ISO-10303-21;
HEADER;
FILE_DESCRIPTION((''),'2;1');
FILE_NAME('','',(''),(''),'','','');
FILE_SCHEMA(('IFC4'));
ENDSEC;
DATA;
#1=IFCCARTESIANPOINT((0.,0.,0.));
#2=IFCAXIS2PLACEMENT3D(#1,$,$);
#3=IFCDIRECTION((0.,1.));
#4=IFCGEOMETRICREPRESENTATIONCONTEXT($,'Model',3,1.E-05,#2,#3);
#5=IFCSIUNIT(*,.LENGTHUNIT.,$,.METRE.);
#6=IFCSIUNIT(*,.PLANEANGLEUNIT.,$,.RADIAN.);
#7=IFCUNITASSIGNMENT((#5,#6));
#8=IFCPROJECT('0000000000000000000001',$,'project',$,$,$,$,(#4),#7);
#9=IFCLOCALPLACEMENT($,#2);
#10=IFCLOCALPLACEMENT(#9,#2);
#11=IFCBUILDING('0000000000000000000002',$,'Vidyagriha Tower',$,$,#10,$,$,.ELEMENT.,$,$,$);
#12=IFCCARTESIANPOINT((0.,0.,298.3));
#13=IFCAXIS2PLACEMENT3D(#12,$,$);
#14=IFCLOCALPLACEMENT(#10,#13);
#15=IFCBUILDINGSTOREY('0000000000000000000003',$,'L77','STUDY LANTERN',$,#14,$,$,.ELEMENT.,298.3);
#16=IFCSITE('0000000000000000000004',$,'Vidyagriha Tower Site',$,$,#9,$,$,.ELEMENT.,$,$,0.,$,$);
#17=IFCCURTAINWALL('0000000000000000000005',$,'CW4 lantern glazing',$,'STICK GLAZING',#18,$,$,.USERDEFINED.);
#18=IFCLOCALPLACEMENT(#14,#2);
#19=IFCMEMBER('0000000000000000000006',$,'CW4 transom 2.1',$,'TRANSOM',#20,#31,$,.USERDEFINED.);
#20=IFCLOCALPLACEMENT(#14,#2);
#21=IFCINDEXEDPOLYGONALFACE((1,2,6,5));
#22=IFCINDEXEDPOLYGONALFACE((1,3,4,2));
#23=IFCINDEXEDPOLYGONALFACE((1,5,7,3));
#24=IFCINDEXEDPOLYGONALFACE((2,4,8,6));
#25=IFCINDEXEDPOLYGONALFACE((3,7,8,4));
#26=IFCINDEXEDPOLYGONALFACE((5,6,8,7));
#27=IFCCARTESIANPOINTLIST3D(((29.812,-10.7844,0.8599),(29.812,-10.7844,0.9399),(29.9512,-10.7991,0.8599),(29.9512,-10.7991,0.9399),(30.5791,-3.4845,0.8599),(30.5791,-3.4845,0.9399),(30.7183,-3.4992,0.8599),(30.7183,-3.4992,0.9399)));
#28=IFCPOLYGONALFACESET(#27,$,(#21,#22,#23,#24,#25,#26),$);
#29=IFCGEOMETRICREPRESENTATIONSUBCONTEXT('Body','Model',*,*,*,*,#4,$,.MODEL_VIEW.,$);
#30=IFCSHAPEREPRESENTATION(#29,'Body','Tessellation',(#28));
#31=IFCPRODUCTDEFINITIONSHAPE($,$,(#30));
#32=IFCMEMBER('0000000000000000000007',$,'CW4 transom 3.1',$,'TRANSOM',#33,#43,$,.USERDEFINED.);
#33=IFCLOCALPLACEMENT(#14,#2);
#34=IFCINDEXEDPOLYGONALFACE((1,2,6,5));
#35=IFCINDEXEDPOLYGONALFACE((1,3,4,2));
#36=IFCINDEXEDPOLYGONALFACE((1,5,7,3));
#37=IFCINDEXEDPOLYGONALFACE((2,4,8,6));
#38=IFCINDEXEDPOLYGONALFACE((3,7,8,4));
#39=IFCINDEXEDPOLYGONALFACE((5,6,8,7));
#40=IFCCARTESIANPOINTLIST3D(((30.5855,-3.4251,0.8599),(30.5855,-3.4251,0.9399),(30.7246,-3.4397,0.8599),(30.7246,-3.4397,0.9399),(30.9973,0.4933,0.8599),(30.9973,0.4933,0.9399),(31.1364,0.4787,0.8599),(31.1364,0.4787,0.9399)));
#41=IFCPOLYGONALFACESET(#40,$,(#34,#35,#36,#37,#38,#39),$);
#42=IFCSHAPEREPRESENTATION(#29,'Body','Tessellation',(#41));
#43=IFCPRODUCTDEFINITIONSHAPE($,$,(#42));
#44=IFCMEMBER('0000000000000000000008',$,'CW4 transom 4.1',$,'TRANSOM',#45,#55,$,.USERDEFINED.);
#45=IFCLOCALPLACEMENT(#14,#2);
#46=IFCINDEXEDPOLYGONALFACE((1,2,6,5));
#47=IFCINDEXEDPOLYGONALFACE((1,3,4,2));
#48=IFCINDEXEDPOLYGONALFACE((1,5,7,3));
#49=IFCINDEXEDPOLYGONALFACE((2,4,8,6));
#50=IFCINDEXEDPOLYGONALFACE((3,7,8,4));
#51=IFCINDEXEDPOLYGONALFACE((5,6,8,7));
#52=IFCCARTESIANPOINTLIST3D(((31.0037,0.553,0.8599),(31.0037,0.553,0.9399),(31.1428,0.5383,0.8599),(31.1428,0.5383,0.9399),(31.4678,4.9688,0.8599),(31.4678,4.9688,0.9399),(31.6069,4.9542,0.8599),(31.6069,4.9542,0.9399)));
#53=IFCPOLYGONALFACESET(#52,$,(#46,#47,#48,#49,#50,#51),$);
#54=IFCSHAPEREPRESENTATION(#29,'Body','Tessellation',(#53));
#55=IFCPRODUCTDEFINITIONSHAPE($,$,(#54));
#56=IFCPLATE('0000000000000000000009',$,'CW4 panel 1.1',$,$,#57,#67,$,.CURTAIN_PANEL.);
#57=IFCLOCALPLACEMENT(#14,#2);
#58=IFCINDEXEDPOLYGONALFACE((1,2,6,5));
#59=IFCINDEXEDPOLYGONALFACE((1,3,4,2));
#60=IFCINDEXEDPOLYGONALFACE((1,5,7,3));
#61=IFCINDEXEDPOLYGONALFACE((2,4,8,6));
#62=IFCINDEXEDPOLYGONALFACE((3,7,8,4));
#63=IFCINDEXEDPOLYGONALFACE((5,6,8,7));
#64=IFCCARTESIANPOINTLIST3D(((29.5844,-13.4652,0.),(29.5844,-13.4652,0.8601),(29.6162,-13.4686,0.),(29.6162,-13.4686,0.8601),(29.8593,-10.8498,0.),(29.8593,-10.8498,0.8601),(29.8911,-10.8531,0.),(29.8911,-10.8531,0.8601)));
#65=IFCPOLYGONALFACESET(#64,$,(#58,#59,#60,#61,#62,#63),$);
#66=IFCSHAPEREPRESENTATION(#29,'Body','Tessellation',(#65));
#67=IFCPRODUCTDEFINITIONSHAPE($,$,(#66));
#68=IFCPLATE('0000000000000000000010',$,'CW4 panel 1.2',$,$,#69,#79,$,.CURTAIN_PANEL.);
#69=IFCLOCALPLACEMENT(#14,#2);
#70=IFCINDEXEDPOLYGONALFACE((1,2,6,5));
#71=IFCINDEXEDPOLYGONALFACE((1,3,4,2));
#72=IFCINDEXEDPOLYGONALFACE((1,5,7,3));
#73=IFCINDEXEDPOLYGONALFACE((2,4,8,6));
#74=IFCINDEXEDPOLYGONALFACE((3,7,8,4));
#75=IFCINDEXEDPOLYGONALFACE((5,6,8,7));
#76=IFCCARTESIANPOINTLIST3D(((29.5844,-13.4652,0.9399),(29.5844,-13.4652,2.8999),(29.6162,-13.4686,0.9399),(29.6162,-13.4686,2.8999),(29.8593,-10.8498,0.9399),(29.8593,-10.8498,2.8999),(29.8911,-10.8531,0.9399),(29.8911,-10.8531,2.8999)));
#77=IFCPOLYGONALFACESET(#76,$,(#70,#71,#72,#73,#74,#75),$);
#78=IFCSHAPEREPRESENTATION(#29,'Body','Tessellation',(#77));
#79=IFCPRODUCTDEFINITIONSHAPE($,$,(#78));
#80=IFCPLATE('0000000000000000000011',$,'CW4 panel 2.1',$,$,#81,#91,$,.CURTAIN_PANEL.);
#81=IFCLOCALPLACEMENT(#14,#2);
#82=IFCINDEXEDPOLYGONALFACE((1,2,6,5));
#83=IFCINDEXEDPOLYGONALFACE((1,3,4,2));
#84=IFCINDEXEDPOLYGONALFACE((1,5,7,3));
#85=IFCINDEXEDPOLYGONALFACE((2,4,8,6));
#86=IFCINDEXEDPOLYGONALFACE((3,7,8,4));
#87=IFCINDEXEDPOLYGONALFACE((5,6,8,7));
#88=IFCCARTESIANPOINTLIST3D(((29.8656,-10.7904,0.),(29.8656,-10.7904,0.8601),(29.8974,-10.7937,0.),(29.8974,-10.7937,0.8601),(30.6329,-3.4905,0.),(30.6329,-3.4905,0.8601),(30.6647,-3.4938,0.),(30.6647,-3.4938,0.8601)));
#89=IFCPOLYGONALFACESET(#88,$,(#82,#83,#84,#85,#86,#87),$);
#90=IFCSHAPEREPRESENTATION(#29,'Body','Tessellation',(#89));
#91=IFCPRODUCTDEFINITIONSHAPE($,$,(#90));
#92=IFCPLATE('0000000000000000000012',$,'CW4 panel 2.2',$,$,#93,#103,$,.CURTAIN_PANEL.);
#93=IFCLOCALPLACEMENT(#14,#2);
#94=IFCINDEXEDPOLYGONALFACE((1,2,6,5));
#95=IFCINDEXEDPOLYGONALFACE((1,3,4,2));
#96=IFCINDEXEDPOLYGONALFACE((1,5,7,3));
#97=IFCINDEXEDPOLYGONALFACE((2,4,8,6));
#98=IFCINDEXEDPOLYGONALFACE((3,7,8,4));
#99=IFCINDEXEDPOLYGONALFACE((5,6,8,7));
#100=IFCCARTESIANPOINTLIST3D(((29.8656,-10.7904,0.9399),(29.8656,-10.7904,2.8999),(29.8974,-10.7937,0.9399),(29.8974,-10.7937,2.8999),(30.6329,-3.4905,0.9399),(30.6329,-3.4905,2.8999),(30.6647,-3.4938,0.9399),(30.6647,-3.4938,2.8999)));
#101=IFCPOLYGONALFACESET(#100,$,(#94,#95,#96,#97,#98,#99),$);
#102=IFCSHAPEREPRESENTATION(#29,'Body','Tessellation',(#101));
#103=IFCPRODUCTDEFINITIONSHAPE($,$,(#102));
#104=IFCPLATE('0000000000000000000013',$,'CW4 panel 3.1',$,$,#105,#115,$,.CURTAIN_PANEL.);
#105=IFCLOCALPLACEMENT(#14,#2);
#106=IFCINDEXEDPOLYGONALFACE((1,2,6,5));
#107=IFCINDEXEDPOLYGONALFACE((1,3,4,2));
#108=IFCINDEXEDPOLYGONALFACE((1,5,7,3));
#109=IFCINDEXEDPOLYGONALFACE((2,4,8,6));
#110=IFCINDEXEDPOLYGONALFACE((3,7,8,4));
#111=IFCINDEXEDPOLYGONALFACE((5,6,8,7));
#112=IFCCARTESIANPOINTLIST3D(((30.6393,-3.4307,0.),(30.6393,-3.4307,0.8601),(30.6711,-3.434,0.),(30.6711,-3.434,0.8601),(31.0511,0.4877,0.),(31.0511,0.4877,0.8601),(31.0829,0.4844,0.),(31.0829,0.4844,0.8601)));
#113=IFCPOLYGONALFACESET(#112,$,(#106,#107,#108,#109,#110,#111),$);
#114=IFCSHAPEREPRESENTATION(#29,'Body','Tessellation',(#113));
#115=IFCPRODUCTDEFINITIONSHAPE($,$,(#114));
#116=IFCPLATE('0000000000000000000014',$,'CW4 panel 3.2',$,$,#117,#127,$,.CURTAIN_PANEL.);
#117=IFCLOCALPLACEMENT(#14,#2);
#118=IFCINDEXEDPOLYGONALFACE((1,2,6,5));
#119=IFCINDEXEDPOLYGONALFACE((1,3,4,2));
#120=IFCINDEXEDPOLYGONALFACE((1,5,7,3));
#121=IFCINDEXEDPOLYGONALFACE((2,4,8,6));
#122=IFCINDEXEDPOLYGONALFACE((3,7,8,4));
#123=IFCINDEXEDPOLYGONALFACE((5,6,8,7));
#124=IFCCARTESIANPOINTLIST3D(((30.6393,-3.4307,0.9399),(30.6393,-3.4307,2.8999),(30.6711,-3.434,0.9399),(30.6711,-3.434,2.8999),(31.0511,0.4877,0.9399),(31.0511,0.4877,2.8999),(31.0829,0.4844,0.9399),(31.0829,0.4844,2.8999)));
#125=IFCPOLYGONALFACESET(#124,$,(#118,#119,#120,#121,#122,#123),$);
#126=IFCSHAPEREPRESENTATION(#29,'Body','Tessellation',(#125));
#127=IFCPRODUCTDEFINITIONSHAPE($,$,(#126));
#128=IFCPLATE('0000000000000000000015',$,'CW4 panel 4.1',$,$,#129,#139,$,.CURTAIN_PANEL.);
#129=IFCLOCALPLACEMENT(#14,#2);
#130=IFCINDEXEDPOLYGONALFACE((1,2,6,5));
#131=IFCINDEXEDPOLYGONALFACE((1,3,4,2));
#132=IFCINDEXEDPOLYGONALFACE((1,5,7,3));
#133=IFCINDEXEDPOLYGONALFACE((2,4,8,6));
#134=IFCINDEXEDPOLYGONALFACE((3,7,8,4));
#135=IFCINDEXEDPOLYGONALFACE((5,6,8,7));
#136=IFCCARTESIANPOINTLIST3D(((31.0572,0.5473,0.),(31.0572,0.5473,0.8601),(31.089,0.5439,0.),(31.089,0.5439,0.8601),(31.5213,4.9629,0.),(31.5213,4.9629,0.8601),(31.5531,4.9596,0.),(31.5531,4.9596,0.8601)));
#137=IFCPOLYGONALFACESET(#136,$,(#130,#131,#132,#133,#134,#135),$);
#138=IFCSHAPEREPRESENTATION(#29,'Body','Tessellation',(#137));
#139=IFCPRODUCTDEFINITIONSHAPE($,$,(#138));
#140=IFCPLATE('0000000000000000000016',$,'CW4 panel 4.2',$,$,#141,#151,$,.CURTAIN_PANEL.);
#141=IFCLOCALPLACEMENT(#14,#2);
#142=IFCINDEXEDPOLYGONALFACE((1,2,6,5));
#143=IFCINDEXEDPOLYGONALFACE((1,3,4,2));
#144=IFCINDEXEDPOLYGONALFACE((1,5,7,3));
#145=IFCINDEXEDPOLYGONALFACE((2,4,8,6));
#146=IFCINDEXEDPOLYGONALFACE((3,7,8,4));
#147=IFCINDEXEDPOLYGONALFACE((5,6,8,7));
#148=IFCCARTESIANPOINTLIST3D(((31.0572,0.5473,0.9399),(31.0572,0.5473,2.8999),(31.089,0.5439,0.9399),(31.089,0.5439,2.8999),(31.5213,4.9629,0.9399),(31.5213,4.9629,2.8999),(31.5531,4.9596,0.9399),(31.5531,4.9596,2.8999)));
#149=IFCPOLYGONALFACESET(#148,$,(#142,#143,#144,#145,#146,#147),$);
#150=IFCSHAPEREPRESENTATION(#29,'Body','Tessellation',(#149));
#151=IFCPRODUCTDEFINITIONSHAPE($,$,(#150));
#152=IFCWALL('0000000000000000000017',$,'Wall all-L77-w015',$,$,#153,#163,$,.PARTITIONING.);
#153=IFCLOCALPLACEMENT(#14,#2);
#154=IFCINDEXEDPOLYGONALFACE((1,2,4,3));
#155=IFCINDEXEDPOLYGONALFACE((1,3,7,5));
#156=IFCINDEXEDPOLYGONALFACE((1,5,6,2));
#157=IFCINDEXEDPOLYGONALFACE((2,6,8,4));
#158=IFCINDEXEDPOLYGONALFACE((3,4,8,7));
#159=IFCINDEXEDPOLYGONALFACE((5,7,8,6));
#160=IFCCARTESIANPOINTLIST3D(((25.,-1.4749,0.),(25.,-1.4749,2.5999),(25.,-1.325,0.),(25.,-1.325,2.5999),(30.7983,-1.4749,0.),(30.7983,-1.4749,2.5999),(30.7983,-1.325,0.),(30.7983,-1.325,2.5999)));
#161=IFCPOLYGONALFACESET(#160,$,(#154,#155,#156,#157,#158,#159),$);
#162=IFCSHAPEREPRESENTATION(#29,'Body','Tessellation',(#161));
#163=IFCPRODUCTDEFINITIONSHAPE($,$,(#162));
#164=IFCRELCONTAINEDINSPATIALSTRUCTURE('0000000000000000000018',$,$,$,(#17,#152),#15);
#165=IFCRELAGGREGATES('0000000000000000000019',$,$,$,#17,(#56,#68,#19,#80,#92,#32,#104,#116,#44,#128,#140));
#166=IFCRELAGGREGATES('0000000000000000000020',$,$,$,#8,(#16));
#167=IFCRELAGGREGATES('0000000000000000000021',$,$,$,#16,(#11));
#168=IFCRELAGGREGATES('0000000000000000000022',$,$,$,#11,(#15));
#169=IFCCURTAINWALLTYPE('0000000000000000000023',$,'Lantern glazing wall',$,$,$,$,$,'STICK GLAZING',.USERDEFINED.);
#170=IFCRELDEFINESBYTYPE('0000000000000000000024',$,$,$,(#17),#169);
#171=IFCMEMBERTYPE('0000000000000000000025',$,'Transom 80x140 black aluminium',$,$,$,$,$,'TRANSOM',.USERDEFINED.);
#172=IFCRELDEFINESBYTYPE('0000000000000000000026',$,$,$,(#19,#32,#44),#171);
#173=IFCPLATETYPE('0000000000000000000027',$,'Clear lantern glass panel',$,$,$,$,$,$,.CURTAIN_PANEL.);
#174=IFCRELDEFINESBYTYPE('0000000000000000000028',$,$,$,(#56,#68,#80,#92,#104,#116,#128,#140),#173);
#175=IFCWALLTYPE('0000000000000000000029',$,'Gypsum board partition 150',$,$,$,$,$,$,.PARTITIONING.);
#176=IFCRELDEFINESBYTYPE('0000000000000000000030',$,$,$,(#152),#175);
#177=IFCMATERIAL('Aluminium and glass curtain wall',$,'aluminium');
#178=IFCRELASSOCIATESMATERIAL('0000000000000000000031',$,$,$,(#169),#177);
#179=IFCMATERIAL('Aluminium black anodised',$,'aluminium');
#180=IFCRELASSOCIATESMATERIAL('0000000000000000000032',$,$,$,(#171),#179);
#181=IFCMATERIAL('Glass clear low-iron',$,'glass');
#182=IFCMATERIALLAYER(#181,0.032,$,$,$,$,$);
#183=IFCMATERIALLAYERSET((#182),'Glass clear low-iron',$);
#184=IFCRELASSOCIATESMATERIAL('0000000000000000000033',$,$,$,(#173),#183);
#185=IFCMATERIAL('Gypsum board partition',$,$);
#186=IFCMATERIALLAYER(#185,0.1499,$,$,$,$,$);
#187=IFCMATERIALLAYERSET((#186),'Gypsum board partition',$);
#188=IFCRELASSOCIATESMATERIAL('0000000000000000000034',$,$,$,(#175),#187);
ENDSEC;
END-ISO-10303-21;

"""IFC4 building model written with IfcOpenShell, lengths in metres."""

from ifc_helpers import new_model, si_unit, direction, frame, frame_2d, origin, origin_2d, place, context, subcontext, project, spatial, rectangle, extrude, material, layer, layer_set, material_profile, profile_set, type_object, element, aggregate, save


model = new_model("IFC4")

# Units and contexts
model_context = context("Model", 3, precision=1e-05, world=origin(), true_north=direction((0.0, 1.0)))
body_context = subcontext(model_context, "Body", "Model", "MODEL_VIEW")
ifc_project = project(units=[si_unit("LENGTHUNIT", "METRE"), si_unit("PLANEANGLEUNIT", "RADIAN")], contexts=[model_context])

# Site, building, storey
site_placement = place(None, origin())
site = spatial("IfcSite", under=ifc_project, at=site_placement, Name="Vidyagriha Tower Site", CompositionType="ELEMENT", RefElevation=0.0)
building_placement = place(site_placement, origin())
building = spatial("IfcBuilding", under=site, at=building_placement, Name="Vidyagriha Tower", CompositionType="ELEMENT")
storey_placement = place(building_placement, frame((0.0, 0.0, 298.3)))
storey = spatial("IfcBuildingStorey", under=building, at=storey_placement, Name="L77", Description="STUDY LANTERN", CompositionType="ELEMENT", Elevation=298.3)

# Shared definitions
ifc_material_1 = material(Name="Aluminium and glass curtain wall", Category="aluminium")
curtain_wall_type = type_object("IfcCurtainWallType", Name="Lantern glazing wall", ElementType="STICK GLAZING", PredefinedType="USERDEFINED", material=ifc_material_1)

# Curtain wall
curtain_wall_1_placement = place(storey_placement, origin())
curtain_wall_1 = element("IfcCurtainWall", 1, at=curtain_wall_1_placement, inside=storey, type_object=curtain_wall_type, Name="CW4 lantern glazing", ObjectType="STICK GLAZING", PredefinedType="USERDEFINED")

# Members
ifc_material_2 = material(Name="Aluminium black anodised", Category="aluminium")
ifc_material_profile_1 = material_profile(ifc_material_2, rectangle(XDim=0.1399, YDim=0.0801, at=origin_2d()), Name="Transom 80x140 black aluminium")
ifc_profile_set_1 = profile_set([ifc_material_profile_1], Name="Aluminium black anodised")
member_type_1 = type_object("IfcMemberType", Name="Transom 80x140 black aluminium", ElementType="TRANSOM", PredefinedType="USERDEFINED", material=ifc_profile_set_1)
member_1_placement = place(storey_placement, frame((29.8816, -10.7917, 0.8999), z_axis=(0.104508, 0.994524, 0.0), x_axis=(-0.994524, 0.104508, 0.0)))
member_1 = element("IfcMember", 2, at=member_1_placement, type_object=member_type_1, Name="CW4 transom 2.1", ObjectType="TRANSOM", PredefinedType="USERDEFINED", context=body_context, shape_type="SweptSolid", body=[
    extrude(rectangle(XDim=0.1399, YDim=0.0801, at=origin_2d()), origin(), (0.0, 0.0, 1.0), 7.3401),
])
member_2_placement = place(storey_placement, frame((30.655, -3.4324, 0.8999), z_axis=(0.104533, 0.994521, 0.0), x_axis=(-0.994521, 0.104533, 0.0)))
member_2 = element("IfcMember", 3, at=member_2_placement, type_object=member_type_1, Name="CW4 transom 3.1", ObjectType="TRANSOM", PredefinedType="USERDEFINED", context=body_context, shape_type="SweptSolid", body=[
    extrude(rectangle(XDim=0.1399, YDim=0.0801, at=origin_2d()), origin(), (0.0, 0.0, 1.0), 3.9399),
])
member_3_placement = place(storey_placement, frame((31.0732, 0.5457, 0.8999), z_axis=(0.104527, 0.994522, 0.0), x_axis=(-0.994522, 0.104527, 0.0)))
member_3 = element("IfcMember", 4, at=member_3_placement, type_object=member_type_1, Name="CW4 transom 4.1", ObjectType="TRANSOM", PredefinedType="USERDEFINED", context=body_context, shape_type="SweptSolid", body=[
    extrude(rectangle(XDim=0.1399, YDim=0.0801, at=origin_2d()), origin(), (0.0, 0.0, 1.0), 4.4402),
])

# Plates
ifc_material_3 = material(Name="Glass clear low-iron", Category="glass")
ifc_layer_1 = layer(ifc_material_3, 0.032)
ifc_layer_set_1 = layer_set([ifc_layer_1], Name="Glass clear low-iron")
plate_type = type_object("IfcPlateType", Name="Clear lantern glass panel", PredefinedType="CURTAIN_PANEL", material=ifc_layer_set_1)
plate_1_placement = place(storey_placement, frame((29.7378, -12.1592, 0.0), z_axis=(0.0, 0.0, 1.0), x_axis=(0.104527, 0.994522, 0.0)))
plate_1 = element("IfcPlate", 5, at=plate_1_placement, type_object=plate_type, Name="CW4 panel 1.1", PredefinedType="CURTAIN_PANEL", context=body_context, shape_type="SweptSolid", body=[
    extrude(rectangle(XDim=2.6299, YDim=0.032, at=origin_2d()), origin(), (0.0, 0.0, 1.0), 0.8601),
])
plate_2_placement = place(storey_placement, frame((29.7378, -12.1592, 0.9399), z_axis=(0.0, 0.0, 1.0), x_axis=(0.104527, 0.994522, 0.0)))
plate_2 = element("IfcPlate", 6, at=plate_2_placement, type_object=plate_type, Name="CW4 panel 1.2", PredefinedType="CURTAIN_PANEL", context=body_context, shape_type="SweptSolid", body=[
    extrude(rectangle(XDim=2.6299, YDim=0.032, at=origin_2d()), origin(), (0.0, 0.0, 1.0), 1.96),
])
plate_3_placement = place(storey_placement, frame((30.2651, -7.1421, 0.0), z_axis=(0.0, 0.0, 1.0), x_axis=(0.104527, 0.994522, 0.0)))
plate_3 = element("IfcPlate", 7, at=plate_3_placement, type_object=plate_type, Name="CW4 panel 2.1", PredefinedType="CURTAIN_PANEL", context=body_context, shape_type="SweptSolid", body=[
    extrude(rectangle(XDim=7.3401, YDim=0.032, at=origin_2d()), origin(), (0.0, 0.0, 1.0), 0.8601),
])
plate_4_placement = place(storey_placement, frame((30.2651, -7.1421, 0.9399), z_axis=(0.0, 0.0, 1.0), x_axis=(0.104527, 0.994522, 0.0)))
plate_4 = element("IfcPlate", 8, at=plate_4_placement, type_object=plate_type, Name="CW4 panel 2.2", PredefinedType="CURTAIN_PANEL", context=body_context, shape_type="SweptSolid", body=[
    extrude(rectangle(XDim=7.3401, YDim=0.032, at=origin_2d()), origin(), (0.0, 0.0, 1.0), 1.96),
])
plate_5_placement = place(storey_placement, frame((30.8611, -1.4731, 0.0), z_axis=(0.0, 0.0, 1.0), x_axis=(0.104527, 0.994522, 0.0)))
plate_5 = element("IfcPlate", 9, at=plate_5_placement, type_object=plate_type, Name="CW4 panel 3.1", PredefinedType="CURTAIN_PANEL", context=body_context, shape_type="SweptSolid", body=[
    extrude(rectangle(XDim=3.9399, YDim=0.032, at=origin_2d()), origin(), (0.0, 0.0, 1.0), 0.8601),
])
plate_6_placement = place(storey_placement, frame((30.8611, -1.4731, 0.9399), z_axis=(0.0, 0.0, 1.0), x_axis=(0.104527, 0.994522, 0.0)))
plate_6 = element("IfcPlate", 10, at=plate_6_placement, type_object=plate_type, Name="CW4 panel 3.2", PredefinedType="CURTAIN_PANEL", context=body_context, shape_type="SweptSolid", body=[
    extrude(rectangle(XDim=3.9399, YDim=0.032, at=origin_2d()), origin(), (0.0, 0.0, 1.0), 1.96),
])
plate_7_placement = place(storey_placement, frame((31.3052, 2.7534, 0.0), z_axis=(0.0, 0.0, 1.0), x_axis=(0.104527, 0.994522, 0.0)))
plate_7 = element("IfcPlate", 11, at=plate_7_placement, type_object=plate_type, Name="CW4 panel 4.1", PredefinedType="CURTAIN_PANEL", context=body_context, shape_type="SweptSolid", body=[
    extrude(rectangle(XDim=4.4399, YDim=0.032, at=origin_2d()), origin(), (0.0, 0.0, 1.0), 0.8601),
])
plate_8_placement = place(storey_placement, frame((31.3052, 2.7534, 0.9399), z_axis=(0.0, 0.0, 1.0), x_axis=(0.104527, 0.994522, 0.0)))
plate_8 = element("IfcPlate", 12, at=plate_8_placement, type_object=plate_type, Name="CW4 panel 4.2", PredefinedType="CURTAIN_PANEL", context=body_context, shape_type="SweptSolid", body=[
    extrude(rectangle(XDim=4.4399, YDim=0.032, at=origin_2d()), origin(), (0.0, 0.0, 1.0), 1.96),
])
aggregate(curtain_wall_1, [plate_1, plate_2, member_1, plate_3, plate_4, member_2, plate_5, plate_6, member_3, plate_7, plate_8])

# Wall
ifc_material_4 = material(Name="Gypsum board partition")
ifc_layer_2 = layer(ifc_material_4, 0.1499)
ifc_layer_set_2 = layer_set([ifc_layer_2], Name="Gypsum board partition")
wall_type = type_object("IfcWallType", Name="Gypsum board partition 150", PredefinedType="PARTITIONING", material=ifc_layer_set_2)
wall_placement = place(storey_placement, frame((30.7983, -1.3999, 0.0), z_axis=(0.0, 0.0, 1.0), x_axis=(-1.0, 0.0, 0.0)))
element("IfcWall", 13, at=wall_placement, inside=storey, type_object=wall_type, Name="Wall all-L77-w015", PredefinedType="PARTITIONING", context=body_context, shape_type="SweptSolid", body=[
    extrude(rectangle(XDim=5.7983, YDim=0.1499, at=frame_2d((2.8992, 0.0))), origin(), (0.0, 0.0, 1.0), 2.5999),
])

save(model, "model.ifc")
